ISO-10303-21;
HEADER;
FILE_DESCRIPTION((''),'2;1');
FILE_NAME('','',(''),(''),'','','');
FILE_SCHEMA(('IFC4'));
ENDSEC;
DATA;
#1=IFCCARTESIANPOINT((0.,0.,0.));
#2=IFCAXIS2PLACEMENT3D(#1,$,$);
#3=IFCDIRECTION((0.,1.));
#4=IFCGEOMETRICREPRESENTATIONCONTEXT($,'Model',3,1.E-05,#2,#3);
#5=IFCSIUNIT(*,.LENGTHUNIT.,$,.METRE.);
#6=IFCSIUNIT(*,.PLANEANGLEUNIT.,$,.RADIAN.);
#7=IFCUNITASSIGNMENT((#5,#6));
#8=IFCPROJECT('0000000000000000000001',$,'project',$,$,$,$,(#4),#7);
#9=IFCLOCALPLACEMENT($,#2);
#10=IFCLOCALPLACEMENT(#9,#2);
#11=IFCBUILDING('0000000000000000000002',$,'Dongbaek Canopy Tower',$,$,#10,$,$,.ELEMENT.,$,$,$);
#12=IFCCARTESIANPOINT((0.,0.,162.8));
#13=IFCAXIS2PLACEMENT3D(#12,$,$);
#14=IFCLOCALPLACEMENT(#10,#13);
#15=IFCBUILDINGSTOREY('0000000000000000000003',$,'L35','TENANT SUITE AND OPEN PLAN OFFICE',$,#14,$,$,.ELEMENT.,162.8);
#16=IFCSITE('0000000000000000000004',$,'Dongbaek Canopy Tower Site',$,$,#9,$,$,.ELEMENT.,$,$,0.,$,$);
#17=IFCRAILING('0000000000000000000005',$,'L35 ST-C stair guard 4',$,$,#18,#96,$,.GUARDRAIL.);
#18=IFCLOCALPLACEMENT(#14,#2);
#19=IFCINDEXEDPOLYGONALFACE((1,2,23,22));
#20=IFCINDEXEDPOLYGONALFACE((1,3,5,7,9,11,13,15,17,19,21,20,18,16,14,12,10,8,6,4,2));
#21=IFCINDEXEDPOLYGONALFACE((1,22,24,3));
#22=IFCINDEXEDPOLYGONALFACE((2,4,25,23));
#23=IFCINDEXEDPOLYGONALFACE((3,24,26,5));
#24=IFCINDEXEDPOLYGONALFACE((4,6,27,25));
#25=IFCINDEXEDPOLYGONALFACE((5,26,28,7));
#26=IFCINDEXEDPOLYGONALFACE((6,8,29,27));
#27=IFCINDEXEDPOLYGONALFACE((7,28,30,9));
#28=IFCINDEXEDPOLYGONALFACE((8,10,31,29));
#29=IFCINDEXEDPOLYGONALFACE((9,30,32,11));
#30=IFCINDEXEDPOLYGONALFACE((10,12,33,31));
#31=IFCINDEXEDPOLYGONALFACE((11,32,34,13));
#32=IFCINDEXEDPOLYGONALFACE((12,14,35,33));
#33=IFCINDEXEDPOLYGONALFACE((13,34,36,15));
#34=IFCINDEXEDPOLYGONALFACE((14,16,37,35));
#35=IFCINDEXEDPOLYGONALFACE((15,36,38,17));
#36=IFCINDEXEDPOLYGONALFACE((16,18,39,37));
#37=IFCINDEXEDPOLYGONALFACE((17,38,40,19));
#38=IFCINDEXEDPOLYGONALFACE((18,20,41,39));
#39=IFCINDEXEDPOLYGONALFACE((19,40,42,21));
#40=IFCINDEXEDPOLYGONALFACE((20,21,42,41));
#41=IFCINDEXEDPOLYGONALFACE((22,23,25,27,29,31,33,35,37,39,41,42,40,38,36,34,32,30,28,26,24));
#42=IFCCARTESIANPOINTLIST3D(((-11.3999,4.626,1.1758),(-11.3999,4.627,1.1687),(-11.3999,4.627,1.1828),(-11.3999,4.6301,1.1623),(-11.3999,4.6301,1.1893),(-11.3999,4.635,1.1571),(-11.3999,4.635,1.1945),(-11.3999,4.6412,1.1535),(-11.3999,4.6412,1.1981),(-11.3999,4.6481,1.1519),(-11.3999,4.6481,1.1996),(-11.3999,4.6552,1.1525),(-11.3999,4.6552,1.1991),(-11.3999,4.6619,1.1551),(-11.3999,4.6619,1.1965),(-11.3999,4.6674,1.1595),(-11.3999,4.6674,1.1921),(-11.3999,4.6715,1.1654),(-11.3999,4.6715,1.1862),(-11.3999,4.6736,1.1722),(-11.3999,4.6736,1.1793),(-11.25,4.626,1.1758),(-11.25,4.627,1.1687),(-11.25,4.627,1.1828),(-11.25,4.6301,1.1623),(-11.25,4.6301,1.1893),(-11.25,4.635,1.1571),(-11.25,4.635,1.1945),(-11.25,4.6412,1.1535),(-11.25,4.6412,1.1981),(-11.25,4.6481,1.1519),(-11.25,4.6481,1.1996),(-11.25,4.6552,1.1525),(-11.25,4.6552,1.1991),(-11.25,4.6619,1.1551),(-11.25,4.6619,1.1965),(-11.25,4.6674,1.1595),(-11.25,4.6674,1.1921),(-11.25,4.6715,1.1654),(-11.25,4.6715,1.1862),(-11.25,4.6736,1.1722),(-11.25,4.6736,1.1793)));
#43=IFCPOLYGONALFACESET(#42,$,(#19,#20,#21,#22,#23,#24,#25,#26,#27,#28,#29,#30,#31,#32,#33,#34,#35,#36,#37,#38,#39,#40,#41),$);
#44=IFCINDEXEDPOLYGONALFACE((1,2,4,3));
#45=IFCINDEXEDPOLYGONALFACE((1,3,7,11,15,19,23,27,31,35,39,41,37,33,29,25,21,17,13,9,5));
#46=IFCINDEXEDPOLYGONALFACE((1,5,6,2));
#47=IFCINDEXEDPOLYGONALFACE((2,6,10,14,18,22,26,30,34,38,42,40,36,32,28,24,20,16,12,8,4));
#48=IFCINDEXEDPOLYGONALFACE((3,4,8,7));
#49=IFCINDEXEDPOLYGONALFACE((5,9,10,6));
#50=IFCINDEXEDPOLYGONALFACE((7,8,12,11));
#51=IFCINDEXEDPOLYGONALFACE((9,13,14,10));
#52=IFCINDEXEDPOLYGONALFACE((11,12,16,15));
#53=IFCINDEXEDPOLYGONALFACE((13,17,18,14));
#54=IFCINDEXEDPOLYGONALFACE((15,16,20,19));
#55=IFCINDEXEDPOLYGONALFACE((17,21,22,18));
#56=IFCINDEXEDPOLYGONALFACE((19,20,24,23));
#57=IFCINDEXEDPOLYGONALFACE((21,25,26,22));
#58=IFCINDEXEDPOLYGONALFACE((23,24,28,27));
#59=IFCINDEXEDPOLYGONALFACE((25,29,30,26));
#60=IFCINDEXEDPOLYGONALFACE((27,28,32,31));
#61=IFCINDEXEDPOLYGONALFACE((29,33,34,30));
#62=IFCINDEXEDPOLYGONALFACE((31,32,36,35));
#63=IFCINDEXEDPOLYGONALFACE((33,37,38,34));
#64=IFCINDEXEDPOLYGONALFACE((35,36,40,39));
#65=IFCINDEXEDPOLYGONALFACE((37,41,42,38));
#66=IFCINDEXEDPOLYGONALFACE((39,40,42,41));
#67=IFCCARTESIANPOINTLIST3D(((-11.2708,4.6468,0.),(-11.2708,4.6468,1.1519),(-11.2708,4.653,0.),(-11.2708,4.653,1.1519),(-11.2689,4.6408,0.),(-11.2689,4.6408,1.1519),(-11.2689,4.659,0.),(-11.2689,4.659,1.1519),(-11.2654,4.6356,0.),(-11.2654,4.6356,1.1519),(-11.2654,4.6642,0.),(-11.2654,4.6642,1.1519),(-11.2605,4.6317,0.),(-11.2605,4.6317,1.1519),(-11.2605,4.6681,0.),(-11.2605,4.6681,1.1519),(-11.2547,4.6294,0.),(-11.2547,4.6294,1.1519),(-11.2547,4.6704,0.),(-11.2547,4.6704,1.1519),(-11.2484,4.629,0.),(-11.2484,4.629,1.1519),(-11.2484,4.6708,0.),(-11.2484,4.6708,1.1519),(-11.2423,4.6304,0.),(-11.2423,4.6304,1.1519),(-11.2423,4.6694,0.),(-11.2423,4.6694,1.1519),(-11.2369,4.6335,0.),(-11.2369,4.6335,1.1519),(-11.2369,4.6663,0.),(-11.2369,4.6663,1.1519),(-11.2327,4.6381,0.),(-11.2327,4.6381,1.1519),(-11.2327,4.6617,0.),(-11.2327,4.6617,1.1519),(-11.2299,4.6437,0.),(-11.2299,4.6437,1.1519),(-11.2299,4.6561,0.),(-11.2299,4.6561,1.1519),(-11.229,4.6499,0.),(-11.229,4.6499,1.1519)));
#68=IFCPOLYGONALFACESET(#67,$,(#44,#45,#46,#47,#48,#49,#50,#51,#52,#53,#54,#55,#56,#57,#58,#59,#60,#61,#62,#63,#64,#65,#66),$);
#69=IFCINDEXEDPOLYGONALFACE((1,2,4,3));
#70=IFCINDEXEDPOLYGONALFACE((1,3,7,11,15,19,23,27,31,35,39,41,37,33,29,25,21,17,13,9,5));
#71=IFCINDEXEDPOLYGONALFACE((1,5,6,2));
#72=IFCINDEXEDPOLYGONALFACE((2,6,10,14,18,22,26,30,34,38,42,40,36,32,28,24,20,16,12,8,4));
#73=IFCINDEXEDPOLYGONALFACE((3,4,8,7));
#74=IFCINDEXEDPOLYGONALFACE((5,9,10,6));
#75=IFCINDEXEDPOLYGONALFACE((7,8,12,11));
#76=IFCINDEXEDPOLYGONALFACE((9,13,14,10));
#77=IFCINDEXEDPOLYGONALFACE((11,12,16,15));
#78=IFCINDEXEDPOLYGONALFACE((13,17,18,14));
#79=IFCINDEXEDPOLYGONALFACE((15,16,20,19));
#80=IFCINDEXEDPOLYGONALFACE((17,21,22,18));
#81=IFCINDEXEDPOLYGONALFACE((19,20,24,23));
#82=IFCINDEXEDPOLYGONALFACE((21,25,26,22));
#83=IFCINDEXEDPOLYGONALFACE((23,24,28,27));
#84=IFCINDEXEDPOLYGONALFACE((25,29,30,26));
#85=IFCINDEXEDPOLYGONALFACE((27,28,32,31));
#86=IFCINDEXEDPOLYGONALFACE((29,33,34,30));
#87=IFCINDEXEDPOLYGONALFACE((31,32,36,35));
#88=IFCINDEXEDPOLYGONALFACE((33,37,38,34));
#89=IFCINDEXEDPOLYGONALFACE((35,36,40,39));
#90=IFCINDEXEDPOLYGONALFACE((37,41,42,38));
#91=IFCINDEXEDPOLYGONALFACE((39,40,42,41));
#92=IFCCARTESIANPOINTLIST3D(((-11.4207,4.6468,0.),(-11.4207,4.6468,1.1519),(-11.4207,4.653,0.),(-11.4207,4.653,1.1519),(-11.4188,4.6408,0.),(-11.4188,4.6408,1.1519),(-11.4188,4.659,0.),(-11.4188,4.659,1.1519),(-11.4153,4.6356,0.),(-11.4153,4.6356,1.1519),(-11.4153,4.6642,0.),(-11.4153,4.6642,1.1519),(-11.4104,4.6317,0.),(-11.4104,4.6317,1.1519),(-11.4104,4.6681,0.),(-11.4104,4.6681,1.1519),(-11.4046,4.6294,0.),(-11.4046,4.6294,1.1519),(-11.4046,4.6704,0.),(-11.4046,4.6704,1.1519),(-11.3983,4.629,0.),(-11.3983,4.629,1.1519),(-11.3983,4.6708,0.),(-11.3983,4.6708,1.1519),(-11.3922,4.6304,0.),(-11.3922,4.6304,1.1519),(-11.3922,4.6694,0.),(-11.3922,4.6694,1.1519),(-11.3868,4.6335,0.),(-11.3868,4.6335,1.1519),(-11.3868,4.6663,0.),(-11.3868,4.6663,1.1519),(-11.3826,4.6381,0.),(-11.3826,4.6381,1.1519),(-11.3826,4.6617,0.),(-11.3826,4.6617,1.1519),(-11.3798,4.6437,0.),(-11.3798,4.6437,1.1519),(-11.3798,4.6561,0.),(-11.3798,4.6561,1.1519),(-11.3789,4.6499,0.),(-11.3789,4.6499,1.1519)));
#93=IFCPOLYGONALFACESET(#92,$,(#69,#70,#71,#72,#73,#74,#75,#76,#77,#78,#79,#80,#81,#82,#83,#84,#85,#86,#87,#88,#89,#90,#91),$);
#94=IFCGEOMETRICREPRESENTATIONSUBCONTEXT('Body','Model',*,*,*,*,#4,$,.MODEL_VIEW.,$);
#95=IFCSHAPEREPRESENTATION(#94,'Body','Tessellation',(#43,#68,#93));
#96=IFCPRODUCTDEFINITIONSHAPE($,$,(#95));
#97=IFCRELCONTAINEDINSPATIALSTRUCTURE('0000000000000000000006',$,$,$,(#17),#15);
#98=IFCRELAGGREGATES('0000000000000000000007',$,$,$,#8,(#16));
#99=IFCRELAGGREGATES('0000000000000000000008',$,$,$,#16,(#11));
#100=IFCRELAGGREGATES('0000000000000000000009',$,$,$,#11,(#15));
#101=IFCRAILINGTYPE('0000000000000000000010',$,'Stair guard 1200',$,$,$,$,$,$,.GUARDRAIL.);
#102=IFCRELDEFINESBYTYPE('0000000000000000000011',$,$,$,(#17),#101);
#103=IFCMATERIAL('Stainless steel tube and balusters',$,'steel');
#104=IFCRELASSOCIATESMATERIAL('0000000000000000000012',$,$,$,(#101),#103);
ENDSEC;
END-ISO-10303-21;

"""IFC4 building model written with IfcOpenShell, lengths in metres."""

from ifc_helpers import new_model, si_unit, direction, frame, origin, origin_2d, place, context, subcontext, project, spatial, circle, extrude, material, type_object, element, save


model = new_model("IFC4")

# Units and contexts
model_context = context("Model", 3, precision=1e-05, world=origin(), true_north=direction((0.0, 1.0)))
body_context = subcontext(model_context, "Body", "Model", "MODEL_VIEW")
ifc_project = project(units=[si_unit("LENGTHUNIT", "METRE"), si_unit("PLANEANGLEUNIT", "RADIAN")], contexts=[model_context])

# Site, building, storey
site_placement = place(None, origin())
site = spatial("IfcSite", under=ifc_project, at=site_placement, Name="Dongbaek Canopy Tower Site", CompositionType="ELEMENT", RefElevation=0.0)
building_placement = place(site_placement, origin())
building = spatial("IfcBuilding", under=site, at=building_placement, Name="Dongbaek Canopy Tower", CompositionType="ELEMENT")
storey_placement = place(building_placement, frame((0.0, 0.0, 162.8)))
storey = spatial("IfcBuildingStorey", under=building, at=storey_placement, Name="L35", Description="TENANT SUITE AND OPEN PLAN OFFICE", CompositionType="ELEMENT", Elevation=162.8)

# Railing
ifc_material_1 = material(Name="Stainless steel tube and balusters", Category="steel")
railing_type_1 = type_object("IfcRailingType", Name="Stair guard 1200", PredefinedType="GUARDRAIL", material=ifc_material_1)
railing_1_placement = place(storey_placement, frame((-11.25, 4.6499, 0.0)))
element("IfcRailing", 1, at=railing_1_placement, inside=storey, type_object=railing_type_1, Name="L35 ST-C stair guard 4", PredefinedType="GUARDRAIL", context=body_context, shape_type="SweptSolid", body=[
    extrude(circle(Radius=0.0239, at=origin_2d()), frame((0.0, 0.0, 1.1758), z_axis=(-1.0, 0.0, 0.0), x_axis=(0.0, -1.0, 0.0)), (0.0, 0.0, 1.0), 0.1499),
    extrude(circle(Radius=0.021, at=origin_2d()), origin(), (0.0, 0.0, 1.0), 1.1519),
    extrude(circle(Radius=0.021, at=origin_2d()), frame((-0.1499, 0.0, 0.0)), (0.0, 0.0, 1.0), 1.1519),
])

save(model, "model.ifc")
